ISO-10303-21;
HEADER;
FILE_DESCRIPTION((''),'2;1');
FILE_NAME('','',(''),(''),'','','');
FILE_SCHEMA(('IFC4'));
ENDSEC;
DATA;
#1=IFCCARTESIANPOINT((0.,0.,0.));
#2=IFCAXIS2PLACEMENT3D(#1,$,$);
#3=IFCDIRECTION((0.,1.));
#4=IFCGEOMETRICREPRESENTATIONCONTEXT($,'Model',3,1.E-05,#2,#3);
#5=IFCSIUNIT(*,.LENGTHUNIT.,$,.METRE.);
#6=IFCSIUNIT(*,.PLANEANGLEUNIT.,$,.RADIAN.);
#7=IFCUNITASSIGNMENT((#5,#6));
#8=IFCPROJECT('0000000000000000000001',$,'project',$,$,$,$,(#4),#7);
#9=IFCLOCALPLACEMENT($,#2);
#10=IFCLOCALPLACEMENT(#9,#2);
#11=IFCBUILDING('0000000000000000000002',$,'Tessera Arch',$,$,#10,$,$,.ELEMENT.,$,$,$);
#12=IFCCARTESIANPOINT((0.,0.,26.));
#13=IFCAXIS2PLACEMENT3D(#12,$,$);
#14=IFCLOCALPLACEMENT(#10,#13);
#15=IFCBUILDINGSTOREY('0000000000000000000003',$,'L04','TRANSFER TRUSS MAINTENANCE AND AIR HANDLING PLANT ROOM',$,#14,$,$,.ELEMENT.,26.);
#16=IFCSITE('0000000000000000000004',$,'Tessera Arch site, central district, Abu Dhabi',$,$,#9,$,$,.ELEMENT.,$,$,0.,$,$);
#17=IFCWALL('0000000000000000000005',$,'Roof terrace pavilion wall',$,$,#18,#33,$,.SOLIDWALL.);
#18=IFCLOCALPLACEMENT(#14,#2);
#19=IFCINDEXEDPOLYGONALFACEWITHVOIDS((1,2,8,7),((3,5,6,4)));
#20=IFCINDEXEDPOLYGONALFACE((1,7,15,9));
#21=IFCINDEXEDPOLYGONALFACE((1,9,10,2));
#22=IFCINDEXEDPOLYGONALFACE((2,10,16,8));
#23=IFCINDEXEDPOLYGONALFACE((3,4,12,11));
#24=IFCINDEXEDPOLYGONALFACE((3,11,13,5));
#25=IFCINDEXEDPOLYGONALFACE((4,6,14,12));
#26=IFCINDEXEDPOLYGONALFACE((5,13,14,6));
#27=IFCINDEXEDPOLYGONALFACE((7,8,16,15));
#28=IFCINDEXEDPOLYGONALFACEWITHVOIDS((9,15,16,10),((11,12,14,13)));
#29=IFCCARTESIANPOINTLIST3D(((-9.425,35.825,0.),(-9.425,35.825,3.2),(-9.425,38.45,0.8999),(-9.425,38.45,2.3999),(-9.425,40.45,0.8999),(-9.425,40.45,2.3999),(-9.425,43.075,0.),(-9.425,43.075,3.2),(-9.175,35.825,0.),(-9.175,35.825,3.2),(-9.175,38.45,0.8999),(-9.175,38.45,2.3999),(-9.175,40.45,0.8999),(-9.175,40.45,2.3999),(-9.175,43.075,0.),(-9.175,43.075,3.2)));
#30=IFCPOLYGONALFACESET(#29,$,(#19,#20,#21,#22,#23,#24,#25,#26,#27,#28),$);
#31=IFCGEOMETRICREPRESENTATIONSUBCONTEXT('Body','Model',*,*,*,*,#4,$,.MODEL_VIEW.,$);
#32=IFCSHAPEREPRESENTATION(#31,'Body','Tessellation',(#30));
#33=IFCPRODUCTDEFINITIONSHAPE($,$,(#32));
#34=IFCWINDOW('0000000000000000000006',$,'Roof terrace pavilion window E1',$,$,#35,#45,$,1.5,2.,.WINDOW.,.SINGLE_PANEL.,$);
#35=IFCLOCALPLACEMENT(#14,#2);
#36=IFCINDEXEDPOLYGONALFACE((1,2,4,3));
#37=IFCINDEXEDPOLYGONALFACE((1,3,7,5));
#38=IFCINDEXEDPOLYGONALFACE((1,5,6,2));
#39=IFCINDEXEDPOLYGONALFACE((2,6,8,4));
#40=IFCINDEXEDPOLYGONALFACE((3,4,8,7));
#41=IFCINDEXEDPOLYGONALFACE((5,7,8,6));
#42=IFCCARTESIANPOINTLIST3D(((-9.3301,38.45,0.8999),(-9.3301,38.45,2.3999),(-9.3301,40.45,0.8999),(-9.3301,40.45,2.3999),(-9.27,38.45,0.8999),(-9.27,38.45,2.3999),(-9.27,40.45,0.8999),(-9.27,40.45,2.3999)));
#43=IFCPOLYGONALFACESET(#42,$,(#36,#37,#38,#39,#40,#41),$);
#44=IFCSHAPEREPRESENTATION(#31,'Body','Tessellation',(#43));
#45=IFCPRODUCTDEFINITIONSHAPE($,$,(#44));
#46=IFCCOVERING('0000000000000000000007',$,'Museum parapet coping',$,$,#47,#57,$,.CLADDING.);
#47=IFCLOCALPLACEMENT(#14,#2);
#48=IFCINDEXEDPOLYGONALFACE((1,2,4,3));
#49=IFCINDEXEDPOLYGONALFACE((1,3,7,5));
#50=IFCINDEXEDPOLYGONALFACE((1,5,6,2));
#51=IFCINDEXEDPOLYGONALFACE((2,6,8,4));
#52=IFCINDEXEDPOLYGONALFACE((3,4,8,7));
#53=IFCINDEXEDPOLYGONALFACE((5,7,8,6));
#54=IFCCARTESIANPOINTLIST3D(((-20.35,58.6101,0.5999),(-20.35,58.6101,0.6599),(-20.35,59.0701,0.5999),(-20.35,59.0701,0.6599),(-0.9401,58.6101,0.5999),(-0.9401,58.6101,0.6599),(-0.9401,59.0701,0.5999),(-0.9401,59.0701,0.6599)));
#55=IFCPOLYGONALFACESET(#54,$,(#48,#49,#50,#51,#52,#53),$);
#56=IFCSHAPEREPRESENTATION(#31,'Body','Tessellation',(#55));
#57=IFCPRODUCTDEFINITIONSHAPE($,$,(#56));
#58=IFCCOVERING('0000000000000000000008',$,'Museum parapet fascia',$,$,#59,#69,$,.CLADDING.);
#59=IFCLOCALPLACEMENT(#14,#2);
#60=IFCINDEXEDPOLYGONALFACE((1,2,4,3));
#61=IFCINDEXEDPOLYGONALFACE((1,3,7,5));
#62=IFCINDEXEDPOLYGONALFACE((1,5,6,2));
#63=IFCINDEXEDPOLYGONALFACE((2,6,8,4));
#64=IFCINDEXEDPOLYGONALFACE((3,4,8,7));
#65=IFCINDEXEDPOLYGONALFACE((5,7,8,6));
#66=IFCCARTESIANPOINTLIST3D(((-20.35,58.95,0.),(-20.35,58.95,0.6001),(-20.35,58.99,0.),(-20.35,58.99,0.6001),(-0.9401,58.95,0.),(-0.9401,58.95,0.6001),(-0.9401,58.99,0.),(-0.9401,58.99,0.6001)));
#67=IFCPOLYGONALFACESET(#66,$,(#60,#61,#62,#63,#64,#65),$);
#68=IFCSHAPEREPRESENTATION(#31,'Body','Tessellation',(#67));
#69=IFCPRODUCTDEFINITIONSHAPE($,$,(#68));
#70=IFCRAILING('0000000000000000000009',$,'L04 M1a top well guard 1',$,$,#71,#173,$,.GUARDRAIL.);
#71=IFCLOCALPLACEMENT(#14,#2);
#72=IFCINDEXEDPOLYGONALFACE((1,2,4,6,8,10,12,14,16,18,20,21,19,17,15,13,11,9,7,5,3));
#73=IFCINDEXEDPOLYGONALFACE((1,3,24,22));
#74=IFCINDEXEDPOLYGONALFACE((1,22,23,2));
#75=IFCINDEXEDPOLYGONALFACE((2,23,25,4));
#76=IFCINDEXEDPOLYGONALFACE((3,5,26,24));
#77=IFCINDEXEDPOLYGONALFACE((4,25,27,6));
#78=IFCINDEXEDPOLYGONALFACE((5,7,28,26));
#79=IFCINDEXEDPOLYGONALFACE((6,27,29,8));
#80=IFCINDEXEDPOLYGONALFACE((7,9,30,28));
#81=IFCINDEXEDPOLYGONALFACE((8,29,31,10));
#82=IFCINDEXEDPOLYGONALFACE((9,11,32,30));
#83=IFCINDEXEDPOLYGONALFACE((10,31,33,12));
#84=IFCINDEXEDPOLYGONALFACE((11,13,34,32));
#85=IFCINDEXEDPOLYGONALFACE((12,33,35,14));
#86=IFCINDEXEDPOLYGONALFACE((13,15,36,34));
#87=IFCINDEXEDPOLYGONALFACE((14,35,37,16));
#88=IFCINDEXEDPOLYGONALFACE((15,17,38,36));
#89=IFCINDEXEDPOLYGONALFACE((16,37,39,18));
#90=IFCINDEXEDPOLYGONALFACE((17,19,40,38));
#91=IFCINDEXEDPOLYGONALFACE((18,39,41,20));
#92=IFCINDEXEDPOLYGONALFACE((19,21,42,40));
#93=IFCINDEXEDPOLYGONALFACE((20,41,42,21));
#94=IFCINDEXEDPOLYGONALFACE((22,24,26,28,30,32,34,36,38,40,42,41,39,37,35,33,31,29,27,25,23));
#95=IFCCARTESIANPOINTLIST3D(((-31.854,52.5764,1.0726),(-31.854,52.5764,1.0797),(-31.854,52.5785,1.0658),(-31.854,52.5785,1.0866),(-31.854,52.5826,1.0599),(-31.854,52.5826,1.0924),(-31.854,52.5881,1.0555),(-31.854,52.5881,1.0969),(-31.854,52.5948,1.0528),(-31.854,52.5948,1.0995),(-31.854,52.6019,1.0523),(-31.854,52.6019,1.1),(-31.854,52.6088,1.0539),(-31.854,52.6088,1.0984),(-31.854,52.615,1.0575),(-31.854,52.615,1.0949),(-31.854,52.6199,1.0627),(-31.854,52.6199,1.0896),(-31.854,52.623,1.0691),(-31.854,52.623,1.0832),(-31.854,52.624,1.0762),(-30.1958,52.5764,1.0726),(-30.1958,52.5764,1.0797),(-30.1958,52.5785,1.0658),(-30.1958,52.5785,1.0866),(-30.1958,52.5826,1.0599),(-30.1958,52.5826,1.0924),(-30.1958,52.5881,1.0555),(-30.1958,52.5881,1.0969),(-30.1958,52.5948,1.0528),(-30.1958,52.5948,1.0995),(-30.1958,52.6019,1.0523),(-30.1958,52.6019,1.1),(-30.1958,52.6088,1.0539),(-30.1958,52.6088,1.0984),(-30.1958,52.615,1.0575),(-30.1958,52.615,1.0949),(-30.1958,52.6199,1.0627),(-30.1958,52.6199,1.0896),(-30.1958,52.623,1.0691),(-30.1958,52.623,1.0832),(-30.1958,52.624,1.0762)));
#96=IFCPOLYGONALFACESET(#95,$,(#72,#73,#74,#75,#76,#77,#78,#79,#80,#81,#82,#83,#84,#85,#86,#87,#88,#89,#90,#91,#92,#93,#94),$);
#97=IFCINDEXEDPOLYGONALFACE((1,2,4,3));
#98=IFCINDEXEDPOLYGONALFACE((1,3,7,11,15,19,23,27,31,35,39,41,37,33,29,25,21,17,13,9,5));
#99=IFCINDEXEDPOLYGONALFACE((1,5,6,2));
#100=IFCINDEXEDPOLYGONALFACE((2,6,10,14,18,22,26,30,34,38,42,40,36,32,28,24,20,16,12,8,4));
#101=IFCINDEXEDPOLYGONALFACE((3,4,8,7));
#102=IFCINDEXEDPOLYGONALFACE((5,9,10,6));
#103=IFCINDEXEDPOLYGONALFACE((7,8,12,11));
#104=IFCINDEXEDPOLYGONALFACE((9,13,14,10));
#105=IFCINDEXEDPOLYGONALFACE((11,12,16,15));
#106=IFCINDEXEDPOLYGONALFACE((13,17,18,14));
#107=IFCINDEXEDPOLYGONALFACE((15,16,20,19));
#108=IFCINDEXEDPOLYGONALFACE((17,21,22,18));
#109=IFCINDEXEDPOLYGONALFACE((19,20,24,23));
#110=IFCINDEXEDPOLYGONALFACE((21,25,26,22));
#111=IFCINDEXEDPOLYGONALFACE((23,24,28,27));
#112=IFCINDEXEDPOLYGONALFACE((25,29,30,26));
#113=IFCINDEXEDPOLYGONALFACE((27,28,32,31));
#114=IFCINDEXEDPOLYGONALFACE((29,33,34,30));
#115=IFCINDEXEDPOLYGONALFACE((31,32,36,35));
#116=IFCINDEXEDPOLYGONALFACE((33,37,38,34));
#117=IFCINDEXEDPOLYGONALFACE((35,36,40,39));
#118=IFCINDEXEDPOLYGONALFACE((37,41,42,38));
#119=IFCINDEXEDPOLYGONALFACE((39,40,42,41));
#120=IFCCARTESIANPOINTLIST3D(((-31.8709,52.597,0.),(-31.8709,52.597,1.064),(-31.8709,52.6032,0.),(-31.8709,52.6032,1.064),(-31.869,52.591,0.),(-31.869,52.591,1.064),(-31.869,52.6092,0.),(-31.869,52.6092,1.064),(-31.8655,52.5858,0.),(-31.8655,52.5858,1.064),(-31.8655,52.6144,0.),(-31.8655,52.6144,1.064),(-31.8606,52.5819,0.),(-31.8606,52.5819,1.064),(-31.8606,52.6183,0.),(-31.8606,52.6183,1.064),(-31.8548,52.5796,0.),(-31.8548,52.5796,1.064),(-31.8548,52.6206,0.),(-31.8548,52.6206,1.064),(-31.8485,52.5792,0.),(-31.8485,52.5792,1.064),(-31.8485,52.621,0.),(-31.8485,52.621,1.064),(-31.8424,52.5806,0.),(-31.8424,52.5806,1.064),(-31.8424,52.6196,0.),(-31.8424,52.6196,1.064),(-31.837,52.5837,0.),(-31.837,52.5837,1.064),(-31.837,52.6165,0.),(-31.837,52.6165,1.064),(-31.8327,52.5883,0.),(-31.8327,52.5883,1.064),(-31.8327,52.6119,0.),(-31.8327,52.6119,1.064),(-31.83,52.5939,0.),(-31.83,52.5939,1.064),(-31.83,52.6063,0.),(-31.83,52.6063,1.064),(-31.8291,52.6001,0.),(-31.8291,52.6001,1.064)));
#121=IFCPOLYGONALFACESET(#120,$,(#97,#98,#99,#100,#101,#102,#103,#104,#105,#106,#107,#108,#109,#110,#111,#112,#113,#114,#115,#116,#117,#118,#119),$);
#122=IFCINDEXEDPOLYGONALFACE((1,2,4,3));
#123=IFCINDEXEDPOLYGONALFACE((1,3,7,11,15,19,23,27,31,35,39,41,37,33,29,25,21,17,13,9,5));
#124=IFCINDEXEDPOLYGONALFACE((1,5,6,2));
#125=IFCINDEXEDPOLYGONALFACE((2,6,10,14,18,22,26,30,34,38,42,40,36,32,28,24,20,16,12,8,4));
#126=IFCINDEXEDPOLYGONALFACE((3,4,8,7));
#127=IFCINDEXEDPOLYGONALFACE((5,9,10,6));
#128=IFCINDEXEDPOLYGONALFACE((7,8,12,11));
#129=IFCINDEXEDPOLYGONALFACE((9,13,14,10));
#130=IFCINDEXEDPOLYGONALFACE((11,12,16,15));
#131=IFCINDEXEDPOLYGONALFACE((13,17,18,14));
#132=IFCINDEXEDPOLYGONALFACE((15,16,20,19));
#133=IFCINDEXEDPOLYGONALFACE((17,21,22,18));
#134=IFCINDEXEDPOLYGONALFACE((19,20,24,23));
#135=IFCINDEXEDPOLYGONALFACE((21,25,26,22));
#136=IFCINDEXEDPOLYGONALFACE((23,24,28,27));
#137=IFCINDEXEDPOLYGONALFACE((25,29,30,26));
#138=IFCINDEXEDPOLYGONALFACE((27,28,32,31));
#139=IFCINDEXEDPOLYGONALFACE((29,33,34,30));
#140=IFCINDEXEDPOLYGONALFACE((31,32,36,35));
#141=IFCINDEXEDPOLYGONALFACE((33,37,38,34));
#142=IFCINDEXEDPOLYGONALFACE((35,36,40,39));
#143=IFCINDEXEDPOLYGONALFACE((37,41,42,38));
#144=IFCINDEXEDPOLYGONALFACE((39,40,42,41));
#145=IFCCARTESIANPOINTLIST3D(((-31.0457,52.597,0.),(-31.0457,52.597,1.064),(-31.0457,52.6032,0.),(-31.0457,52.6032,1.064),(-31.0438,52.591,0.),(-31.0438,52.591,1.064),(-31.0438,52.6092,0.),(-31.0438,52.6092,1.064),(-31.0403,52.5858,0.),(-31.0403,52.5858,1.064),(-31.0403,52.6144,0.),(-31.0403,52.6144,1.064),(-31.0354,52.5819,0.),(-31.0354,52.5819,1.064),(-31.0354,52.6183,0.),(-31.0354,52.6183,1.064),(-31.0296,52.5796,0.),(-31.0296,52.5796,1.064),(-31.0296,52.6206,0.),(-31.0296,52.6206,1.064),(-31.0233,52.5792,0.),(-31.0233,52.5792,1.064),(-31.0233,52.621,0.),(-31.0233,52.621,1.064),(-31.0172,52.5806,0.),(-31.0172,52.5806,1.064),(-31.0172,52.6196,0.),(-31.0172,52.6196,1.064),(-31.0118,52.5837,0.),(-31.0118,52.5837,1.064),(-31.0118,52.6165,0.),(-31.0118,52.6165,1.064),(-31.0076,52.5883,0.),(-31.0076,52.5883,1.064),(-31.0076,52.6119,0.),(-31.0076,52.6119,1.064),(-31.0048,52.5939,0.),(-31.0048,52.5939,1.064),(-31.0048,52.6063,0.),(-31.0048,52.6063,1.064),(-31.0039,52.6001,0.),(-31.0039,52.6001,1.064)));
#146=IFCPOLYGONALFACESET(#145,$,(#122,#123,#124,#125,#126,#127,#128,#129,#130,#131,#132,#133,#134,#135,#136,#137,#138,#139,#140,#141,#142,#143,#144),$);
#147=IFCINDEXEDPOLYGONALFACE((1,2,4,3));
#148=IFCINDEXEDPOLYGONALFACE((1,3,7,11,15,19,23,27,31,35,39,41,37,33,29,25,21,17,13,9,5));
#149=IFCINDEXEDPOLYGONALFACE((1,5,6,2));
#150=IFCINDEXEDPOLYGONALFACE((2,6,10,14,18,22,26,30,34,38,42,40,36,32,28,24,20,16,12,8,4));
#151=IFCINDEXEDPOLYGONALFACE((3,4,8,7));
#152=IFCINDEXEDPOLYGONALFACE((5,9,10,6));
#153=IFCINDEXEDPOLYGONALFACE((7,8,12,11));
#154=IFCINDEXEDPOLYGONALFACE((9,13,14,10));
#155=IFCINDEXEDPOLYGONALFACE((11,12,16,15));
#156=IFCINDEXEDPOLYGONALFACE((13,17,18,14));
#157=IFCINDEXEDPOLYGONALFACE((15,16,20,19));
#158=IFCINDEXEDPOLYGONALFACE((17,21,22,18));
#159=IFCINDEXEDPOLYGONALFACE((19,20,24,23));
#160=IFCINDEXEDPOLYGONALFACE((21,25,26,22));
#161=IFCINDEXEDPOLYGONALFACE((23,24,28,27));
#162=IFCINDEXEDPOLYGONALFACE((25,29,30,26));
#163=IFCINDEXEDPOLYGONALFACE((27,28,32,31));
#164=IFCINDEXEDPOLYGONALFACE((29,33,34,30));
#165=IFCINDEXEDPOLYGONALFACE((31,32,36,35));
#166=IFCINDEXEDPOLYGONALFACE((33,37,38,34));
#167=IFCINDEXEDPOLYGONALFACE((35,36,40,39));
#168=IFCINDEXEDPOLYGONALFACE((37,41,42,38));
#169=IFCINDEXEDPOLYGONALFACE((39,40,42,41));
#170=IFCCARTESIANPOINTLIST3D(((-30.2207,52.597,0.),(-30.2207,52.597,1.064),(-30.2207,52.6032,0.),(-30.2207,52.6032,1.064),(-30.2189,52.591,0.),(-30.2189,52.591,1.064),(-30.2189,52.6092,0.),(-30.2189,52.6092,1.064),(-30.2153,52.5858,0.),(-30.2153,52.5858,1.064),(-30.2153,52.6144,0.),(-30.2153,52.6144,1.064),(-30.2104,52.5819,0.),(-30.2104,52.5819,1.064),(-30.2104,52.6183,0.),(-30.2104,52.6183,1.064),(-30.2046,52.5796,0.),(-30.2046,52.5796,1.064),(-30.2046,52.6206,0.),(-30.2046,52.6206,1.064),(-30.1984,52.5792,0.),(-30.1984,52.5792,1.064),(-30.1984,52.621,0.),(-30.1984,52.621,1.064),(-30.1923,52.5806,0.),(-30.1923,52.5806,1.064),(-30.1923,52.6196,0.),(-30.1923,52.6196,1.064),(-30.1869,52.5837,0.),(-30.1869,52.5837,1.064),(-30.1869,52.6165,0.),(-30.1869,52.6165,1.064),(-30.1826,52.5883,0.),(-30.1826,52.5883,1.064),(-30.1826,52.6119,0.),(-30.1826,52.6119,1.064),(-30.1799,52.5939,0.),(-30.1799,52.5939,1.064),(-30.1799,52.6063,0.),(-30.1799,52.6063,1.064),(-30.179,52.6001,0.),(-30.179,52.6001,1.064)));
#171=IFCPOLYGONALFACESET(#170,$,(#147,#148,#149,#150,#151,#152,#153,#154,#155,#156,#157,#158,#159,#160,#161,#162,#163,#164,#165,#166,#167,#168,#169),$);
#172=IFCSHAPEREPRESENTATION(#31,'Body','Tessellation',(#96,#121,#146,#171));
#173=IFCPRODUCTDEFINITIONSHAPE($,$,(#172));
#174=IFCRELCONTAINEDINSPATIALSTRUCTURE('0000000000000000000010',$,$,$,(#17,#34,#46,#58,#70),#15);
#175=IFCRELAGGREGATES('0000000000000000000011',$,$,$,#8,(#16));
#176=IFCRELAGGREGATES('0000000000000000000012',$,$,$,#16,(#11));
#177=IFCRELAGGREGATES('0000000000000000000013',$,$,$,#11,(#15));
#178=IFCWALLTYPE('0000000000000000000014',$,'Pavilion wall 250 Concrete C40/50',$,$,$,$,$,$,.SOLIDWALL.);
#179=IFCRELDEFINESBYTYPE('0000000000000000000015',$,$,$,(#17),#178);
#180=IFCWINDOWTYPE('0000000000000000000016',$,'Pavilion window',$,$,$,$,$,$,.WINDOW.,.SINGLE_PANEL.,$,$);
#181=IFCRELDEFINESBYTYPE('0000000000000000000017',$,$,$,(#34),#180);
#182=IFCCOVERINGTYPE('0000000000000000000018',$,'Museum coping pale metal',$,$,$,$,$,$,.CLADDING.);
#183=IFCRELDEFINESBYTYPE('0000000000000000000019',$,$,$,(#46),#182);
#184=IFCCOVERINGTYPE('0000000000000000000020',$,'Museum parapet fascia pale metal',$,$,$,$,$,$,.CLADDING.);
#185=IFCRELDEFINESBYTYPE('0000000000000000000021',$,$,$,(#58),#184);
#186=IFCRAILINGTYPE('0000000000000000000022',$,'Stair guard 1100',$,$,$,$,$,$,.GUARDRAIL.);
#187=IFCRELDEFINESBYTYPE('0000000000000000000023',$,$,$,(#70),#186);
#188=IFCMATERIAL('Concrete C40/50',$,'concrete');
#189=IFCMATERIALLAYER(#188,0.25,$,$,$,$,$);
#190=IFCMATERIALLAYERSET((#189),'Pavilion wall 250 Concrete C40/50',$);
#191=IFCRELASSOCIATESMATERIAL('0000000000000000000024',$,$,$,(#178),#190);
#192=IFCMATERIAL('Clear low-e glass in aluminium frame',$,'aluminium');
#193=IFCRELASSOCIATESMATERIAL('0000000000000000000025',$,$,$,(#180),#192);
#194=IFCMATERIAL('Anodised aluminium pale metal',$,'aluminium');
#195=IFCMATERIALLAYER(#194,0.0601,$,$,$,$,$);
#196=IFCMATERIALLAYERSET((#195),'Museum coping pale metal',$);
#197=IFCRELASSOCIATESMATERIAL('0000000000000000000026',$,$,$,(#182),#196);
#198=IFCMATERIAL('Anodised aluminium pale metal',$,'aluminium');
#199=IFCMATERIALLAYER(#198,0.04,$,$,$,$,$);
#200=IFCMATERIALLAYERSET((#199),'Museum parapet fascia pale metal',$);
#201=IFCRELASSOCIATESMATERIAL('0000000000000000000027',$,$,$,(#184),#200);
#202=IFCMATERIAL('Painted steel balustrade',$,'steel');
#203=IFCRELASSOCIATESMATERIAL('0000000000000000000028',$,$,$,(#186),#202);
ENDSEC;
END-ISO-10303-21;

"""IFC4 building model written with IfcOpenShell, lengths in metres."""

from ifc_helpers import new_model, si_unit, direction, frame, frame_2d, origin, origin_2d, place, context, subcontext, project, spatial, rectangle, circle, extrude, material, layer, layer_set, type_object, element, fill, save


model = new_model("IFC4")

# Units and contexts
model_context = context("Model", 3, precision=1e-05, world=origin(), true_north=direction((0.0, 1.0)))
body_context = subcontext(model_context, "Body", "Model", "MODEL_VIEW")
ifc_project = project(units=[si_unit("LENGTHUNIT", "METRE"), si_unit("PLANEANGLEUNIT", "RADIAN")], contexts=[model_context])

# Site, building, storey
site_placement = place(None, origin())
site = spatial("IfcSite", under=ifc_project, at=site_placement, Name="Tessera Arch site, central district, Abu Dhabi", CompositionType="ELEMENT", RefElevation=0.0)
building_placement = place(site_placement, origin())
building = spatial("IfcBuilding", under=site, at=building_placement, Name="Tessera Arch", CompositionType="ELEMENT")
storey_placement = place(building_placement, frame((0.0, 0.0, 26.0)))
storey = spatial("IfcBuildingStorey", under=building, at=storey_placement, Name="L04", Description="TRANSFER TRUSS MAINTENANCE AND AIR HANDLING PLANT ROOM", CompositionType="ELEMENT", Elevation=26.0)

# Shared definitions
ifc_material_1 = material(Name="Concrete C40/50", Category="concrete")
ifc_layer_1 = layer(ifc_material_1, 0.25)
ifc_layer_set_1 = layer_set([ifc_layer_1], Name="Pavilion wall 250 Concrete C40/50")
wall_type_1 = type_object("IfcWallType", Name="Pavilion wall 250 Concrete C40/50", PredefinedType="SOLIDWALL", material=ifc_layer_set_1)
ifc_material_2 = material(Name="Clear low-e glass in aluminium frame", Category="aluminium")
window_type = type_object("IfcWindowType", Name="Pavilion window", PartitioningType="SINGLE_PANEL", PredefinedType="WINDOW", material=ifc_material_2)

# Wall, opening, window
wall_1_placement = place(storey_placement, frame((-9.3, 35.825, 0.0), z_axis=(0.0, 0.0, 1.0), x_axis=(0.0, 1.0, 0.0)))
wall_1 = element("IfcWall", 1, at=wall_1_placement, inside=storey, type_object=wall_type_1, Name="Roof terrace pavilion wall", PredefinedType="SOLIDWALL", context=body_context, shape_type="SweptSolid", body=[
    extrude(rectangle(XDim=7.25, YDim=0.25, at=frame_2d((3.625, 0.0))), origin(), (0.0, 0.0, 1.0), 3.2),
])
opening_1_placement = place(wall_1_placement, frame((2.625, 0.0, 0.8999)))
opening_1 = element("IfcOpeningElement", 2, at=opening_1_placement, cuts=wall_1, PredefinedType="OPENING", context=body_context, shape_type="SweptSolid", body=[
    extrude(rectangle(XDim=2.0, YDim=1.5, at=frame_2d((1.0, 0.75))), frame((0.0, 0.135, 0.0), z_axis=(0.0, -1.0, 0.0), x_axis=(1.0, 0.0, 0.0)), (0.0, 0.0, 1.0), 0.27),
])
window_1_placement = place(opening_1_placement, origin())
window_1 = element("IfcWindow", 3, at=window_1_placement, inside=storey, type_object=window_type, Name="Roof terrace pavilion window E1", OverallHeight=1.5, OverallWidth=2.0, PartitioningType="SINGLE_PANEL", PredefinedType="WINDOW", context=body_context, shape_type="SweptSolid", body=[
    extrude(rectangle(XDim=2.0, YDim=1.5, at=frame_2d((1.0, 0.75))), frame((0.0, 0.03, 0.0), z_axis=(0.0, -1.0, 0.0), x_axis=(1.0, 0.0, 0.0)), (0.0, 0.0, 1.0), 0.0601),
])
fill(opening_1, window_1)

# Coverings
ifc_material_3 = material(Name="Anodised aluminium pale metal", Category="aluminium")
ifc_layer_2 = layer(ifc_material_3, 0.0601)
ifc_layer_set_2 = layer_set([ifc_layer_2], Name="Museum coping pale metal")
covering_type_1 = type_object("IfcCoveringType", Name="Museum coping pale metal", PredefinedType="CLADDING", material=ifc_layer_set_2)
covering_1_placement = place(storey_placement, frame((-10.645, 58.8401, 0.5999), z_axis=(0.0, 0.0, 1.0), x_axis=(-1.0, 0.0, 0.0)))
element("IfcCovering", 4, at=covering_1_placement, inside=storey, type_object=covering_type_1, Name="Museum parapet coping", PredefinedType="CLADDING", context=body_context, shape_type="SweptSolid", body=[
    extrude(rectangle(XDim=19.4099, YDim=0.46, at=origin_2d()), origin(), (0.0, 0.0, 1.0), 0.0601),
])
ifc_material_4 = material(Name="Anodised aluminium pale metal", Category="aluminium")
ifc_layer_3 = layer(ifc_material_4, 0.04)
ifc_layer_set_3 = layer_set([ifc_layer_3], Name="Museum parapet fascia pale metal")
covering_type_2 = type_object("IfcCoveringType", Name="Museum parapet fascia pale metal", PredefinedType="CLADDING", material=ifc_layer_set_3)
covering_2_placement = place(storey_placement, frame((-10.645, 58.97, 0.0), z_axis=(0.0, 0.0, 1.0), x_axis=(-1.0, 0.0, 0.0)))
element("IfcCovering", 5, at=covering_2_placement, inside=storey, type_object=covering_type_2, Name="Museum parapet fascia", PredefinedType="CLADDING", context=body_context, shape_type="SweptSolid", body=[
    extrude(rectangle(XDim=19.4099, YDim=0.04, at=origin_2d()), origin(), (0.0, 0.0, 1.0), 0.6001),
])

# Railing
ifc_material_5 = material(Name="Painted steel balustrade", Category="steel")
railing_type_1 = type_object("IfcRailingType", Name="Stair guard 1100", PredefinedType="GUARDRAIL", material=ifc_material_5)
railing_1_placement = place(storey_placement, frame((-31.8501, 52.6001, 0.0)))
element("IfcRailing", 6, at=railing_1_placement, inside=storey, type_object=railing_type_1, Name="L04 M1a top well guard 1", PredefinedType="GUARDRAIL", context=body_context, shape_type="SweptSolid", body=[
    extrude(circle(Radius=0.0239, at=origin_2d()), frame((-0.0039, 0.0, 1.0762), z_axis=(1.0, 0.0, 0.0), x_axis=(0.0, 1.0, 0.0)), (0.0, 0.0, 1.0), 1.6582),
    extrude(circle(Radius=0.021, at=origin_2d()), origin(), (0.0, 0.0, 1.0), 1.064),
    extrude(circle(Radius=0.021, at=origin_2d()), frame((0.8252, 0.0, 0.0)), (0.0, 0.0, 1.0), 1.064),
    extrude(circle(Radius=0.021, at=origin_2d()), frame((1.6501, 0.0, 0.0)), (0.0, 0.0, 1.0), 1.064),
])

save(model, "model.ifc")
